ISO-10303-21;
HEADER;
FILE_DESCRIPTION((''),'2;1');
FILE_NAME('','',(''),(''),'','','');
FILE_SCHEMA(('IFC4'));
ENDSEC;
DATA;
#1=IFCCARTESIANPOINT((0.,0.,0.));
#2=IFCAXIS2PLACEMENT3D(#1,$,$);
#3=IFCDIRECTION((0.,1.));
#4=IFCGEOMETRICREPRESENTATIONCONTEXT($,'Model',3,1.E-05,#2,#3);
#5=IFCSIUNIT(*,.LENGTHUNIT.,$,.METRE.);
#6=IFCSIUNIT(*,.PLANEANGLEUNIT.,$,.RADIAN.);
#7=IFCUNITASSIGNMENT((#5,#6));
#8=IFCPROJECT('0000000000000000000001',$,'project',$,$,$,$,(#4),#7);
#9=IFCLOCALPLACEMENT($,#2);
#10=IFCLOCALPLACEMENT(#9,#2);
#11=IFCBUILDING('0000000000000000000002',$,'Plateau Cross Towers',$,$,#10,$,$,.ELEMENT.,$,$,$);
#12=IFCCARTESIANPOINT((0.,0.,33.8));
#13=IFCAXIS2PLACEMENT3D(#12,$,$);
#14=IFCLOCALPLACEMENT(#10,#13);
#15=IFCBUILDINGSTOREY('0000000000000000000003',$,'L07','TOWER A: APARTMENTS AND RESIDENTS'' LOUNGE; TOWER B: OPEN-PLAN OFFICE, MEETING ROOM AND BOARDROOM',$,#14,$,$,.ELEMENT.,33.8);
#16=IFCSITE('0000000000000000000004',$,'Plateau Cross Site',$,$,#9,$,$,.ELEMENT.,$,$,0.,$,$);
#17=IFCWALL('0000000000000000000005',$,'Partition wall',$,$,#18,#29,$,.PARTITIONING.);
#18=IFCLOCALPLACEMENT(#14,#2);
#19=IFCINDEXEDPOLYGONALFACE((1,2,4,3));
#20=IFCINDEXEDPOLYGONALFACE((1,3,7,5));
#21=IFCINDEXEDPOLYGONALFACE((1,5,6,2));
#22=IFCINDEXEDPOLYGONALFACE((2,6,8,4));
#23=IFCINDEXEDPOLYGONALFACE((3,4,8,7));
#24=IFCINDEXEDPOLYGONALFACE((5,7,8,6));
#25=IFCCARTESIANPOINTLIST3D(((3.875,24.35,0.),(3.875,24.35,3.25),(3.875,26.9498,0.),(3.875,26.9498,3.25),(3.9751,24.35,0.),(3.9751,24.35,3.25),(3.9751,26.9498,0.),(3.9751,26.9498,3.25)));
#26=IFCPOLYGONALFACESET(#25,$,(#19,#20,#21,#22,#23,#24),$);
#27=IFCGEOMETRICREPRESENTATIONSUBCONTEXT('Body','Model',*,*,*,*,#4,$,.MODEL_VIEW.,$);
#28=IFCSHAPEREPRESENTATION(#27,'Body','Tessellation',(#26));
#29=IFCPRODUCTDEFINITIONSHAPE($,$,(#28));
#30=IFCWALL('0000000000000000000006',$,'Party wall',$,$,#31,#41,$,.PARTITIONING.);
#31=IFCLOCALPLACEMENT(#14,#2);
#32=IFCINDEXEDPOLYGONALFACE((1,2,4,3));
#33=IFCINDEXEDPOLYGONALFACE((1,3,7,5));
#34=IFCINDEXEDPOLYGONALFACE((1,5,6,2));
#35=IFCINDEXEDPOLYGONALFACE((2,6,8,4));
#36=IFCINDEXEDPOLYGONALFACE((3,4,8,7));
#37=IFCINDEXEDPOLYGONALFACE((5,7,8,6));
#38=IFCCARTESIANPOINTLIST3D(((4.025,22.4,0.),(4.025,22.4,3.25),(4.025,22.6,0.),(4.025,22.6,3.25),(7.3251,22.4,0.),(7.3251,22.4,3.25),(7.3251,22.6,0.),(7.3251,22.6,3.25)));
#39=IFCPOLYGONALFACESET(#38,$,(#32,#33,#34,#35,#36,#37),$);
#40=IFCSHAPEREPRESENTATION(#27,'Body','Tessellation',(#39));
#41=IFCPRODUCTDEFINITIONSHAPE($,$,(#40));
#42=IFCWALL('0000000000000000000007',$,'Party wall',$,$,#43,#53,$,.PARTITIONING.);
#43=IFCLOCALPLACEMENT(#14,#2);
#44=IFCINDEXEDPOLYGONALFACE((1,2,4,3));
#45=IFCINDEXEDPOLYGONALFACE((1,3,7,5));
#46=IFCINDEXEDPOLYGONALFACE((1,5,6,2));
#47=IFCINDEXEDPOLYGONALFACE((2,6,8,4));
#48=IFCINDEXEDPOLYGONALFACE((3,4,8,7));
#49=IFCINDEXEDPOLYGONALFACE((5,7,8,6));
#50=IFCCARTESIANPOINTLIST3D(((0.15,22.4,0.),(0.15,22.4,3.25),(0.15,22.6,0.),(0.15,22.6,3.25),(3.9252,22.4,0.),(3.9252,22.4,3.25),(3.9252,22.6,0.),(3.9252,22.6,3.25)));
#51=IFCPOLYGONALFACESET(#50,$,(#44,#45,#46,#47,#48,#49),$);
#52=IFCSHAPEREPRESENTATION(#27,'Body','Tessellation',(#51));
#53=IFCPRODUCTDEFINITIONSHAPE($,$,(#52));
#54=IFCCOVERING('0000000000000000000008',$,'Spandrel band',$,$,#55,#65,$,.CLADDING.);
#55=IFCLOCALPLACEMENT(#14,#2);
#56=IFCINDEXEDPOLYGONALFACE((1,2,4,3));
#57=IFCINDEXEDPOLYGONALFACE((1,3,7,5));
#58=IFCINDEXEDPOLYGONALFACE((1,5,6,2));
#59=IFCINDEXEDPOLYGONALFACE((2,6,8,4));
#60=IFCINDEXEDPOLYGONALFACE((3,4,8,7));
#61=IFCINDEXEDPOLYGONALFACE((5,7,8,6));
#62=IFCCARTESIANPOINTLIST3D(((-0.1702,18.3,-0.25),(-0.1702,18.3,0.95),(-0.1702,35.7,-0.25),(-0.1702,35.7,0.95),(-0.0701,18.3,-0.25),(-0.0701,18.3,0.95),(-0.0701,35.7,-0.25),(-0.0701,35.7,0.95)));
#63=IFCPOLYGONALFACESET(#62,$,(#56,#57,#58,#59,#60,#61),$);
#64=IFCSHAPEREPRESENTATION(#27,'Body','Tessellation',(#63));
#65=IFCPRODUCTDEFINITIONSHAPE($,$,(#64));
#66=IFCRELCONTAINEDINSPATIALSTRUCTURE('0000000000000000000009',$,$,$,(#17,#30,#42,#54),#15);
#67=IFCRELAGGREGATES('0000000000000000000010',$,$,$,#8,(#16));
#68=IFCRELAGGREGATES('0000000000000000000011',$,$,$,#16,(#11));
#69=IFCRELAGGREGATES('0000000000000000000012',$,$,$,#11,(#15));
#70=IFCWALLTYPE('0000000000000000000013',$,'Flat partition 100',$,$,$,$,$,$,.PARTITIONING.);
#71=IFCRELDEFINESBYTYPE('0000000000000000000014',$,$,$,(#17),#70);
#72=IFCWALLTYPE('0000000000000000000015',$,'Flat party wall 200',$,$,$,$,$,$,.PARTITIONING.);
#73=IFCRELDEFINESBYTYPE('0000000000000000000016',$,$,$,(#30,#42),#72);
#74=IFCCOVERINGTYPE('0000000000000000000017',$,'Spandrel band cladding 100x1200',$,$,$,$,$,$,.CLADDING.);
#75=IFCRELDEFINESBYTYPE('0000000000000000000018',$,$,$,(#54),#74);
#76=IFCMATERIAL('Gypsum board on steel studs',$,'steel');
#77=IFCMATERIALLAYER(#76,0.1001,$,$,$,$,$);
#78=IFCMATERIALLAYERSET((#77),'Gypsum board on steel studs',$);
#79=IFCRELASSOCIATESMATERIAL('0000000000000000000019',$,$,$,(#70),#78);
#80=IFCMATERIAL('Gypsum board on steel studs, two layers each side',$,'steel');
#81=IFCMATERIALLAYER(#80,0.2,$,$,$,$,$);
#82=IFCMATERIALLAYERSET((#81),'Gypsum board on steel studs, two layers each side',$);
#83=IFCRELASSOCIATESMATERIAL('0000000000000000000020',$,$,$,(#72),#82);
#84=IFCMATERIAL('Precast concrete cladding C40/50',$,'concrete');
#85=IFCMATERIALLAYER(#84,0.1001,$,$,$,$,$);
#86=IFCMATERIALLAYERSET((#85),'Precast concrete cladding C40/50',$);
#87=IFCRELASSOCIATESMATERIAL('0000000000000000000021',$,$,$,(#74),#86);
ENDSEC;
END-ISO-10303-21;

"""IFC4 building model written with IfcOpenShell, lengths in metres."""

from ifc_helpers import new_model, si_unit, direction, frame, frame_2d, origin, origin_2d, place, context, subcontext, project, spatial, rectangle, extrude, material, layer, layer_set, type_object, element, save


model = new_model("IFC4")

# Units and contexts
model_context = context("Model", 3, precision=1e-05, world=origin(), true_north=direction((0.0, 1.0)))
body_context = subcontext(model_context, "Body", "Model", "MODEL_VIEW")
ifc_project = project(units=[si_unit("LENGTHUNIT", "METRE"), si_unit("PLANEANGLEUNIT", "RADIAN")], contexts=[model_context])

# Site, building, storey
site_placement = place(None, origin())
site = spatial("IfcSite", under=ifc_project, at=site_placement, Name="Plateau Cross Site", CompositionType="ELEMENT", RefElevation=0.0)
building_placement = place(site_placement, origin())
building = spatial("IfcBuilding", under=site, at=building_placement, Name="Plateau Cross Towers", CompositionType="ELEMENT")
storey_placement = place(building_placement, frame((0.0, 0.0, 33.8)))
storey = spatial("IfcBuildingStorey", under=building, at=storey_placement, Name="L07", Description="TOWER A: APARTMENTS AND RESIDENTS' LOUNGE; TOWER B: OPEN-PLAN OFFICE, MEETING ROOM AND BOARDROOM", CompositionType="ELEMENT", Elevation=33.8)

# Shared definitions
ifc_material_1 = material(Name="Gypsum board on steel studs", Category="steel")
ifc_layer_1 = layer(ifc_material_1, 0.1001)
ifc_layer_set_1 = layer_set([ifc_layer_1], Name="Gypsum board on steel studs")
wall_type_1 = type_object("IfcWallType", Name="Flat partition 100", PredefinedType="PARTITIONING", material=ifc_layer_set_1)

# Walls
wall_1_placement = place(storey_placement, frame((3.925, 24.3501, 0.0), z_axis=(0.0, 0.0, 1.0), x_axis=(0.0, 1.0, 0.0)))
element("IfcWall", 1, at=wall_1_placement, inside=storey, type_object=wall_type_1, Name="Partition wall", PredefinedType="PARTITIONING", context=body_context, shape_type="SweptSolid", body=[
    extrude(rectangle(XDim=2.5999, YDim=0.1001, at=frame_2d((1.2998, 0.0))), origin(), (0.0, 0.0, 1.0), 3.25),
])
ifc_material_2 = material(Name="Gypsum board on steel studs, two layers each side", Category="steel")
ifc_layer_2 = layer(ifc_material_2, 0.2)
ifc_layer_set_2 = layer_set([ifc_layer_2], Name="Gypsum board on steel studs, two layers each side")
wall_type_2 = type_object("IfcWallType", Name="Flat party wall 200", PredefinedType="PARTITIONING", material=ifc_layer_set_2)
wall_2_placement = place(storey_placement, frame((7.325, 22.5, 0.0), z_axis=(0.0, 0.0, 1.0), x_axis=(-1.0, 0.0, 0.0)))
element("IfcWall", 2, at=wall_2_placement, inside=storey, type_object=wall_type_2, Name="Party wall", PredefinedType="PARTITIONING", context=body_context, shape_type="SweptSolid", body=[
    extrude(rectangle(XDim=3.3, YDim=0.2, at=frame_2d((1.6499, 0.0))), origin(), (0.0, 0.0, 1.0), 3.25),
])
wall_3_placement = place(storey_placement, frame((0.1499, 22.5, 0.0), z_axis=(0.0, 0.0, 1.0), x_axis=(1.0, 0.0, 0.0)))
element("IfcWall", 3, at=wall_3_placement, inside=storey, type_object=wall_type_2, Name="Party wall", PredefinedType="PARTITIONING", context=body_context, shape_type="SweptSolid", body=[
    extrude(rectangle(XDim=3.7751, YDim=0.2, at=frame_2d((1.8877, 0.0))), origin(), (0.0, 0.0, 1.0), 3.25),
])

# Covering
ifc_material_3 = material(Name="Precast concrete cladding C40/50", Category="concrete")
ifc_layer_3 = layer(ifc_material_3, 0.1001)
ifc_layer_set_3 = layer_set([ifc_layer_3], Name="Precast concrete cladding C40/50")
covering_type = type_object("IfcCoveringType", Name="Spandrel band cladding 100x1200", PredefinedType="CLADDING", material=ifc_layer_set_3)
covering_placement = place(storey_placement, frame((-0.1201, 27.0, -0.25), z_axis=(0.0, 0.0, 1.0), x_axis=(0.0, -1.0, 0.0)))
element("IfcCovering", 4, at=covering_placement, inside=storey, type_object=covering_type, Name="Spandrel band", PredefinedType="CLADDING", context=body_context, shape_type="SweptSolid", body=[
    extrude(rectangle(XDim=17.3999, YDim=0.1001, at=origin_2d()), origin(), (0.0, 0.0, 1.0), 1.2),
])

save(model, "model.ifc")
